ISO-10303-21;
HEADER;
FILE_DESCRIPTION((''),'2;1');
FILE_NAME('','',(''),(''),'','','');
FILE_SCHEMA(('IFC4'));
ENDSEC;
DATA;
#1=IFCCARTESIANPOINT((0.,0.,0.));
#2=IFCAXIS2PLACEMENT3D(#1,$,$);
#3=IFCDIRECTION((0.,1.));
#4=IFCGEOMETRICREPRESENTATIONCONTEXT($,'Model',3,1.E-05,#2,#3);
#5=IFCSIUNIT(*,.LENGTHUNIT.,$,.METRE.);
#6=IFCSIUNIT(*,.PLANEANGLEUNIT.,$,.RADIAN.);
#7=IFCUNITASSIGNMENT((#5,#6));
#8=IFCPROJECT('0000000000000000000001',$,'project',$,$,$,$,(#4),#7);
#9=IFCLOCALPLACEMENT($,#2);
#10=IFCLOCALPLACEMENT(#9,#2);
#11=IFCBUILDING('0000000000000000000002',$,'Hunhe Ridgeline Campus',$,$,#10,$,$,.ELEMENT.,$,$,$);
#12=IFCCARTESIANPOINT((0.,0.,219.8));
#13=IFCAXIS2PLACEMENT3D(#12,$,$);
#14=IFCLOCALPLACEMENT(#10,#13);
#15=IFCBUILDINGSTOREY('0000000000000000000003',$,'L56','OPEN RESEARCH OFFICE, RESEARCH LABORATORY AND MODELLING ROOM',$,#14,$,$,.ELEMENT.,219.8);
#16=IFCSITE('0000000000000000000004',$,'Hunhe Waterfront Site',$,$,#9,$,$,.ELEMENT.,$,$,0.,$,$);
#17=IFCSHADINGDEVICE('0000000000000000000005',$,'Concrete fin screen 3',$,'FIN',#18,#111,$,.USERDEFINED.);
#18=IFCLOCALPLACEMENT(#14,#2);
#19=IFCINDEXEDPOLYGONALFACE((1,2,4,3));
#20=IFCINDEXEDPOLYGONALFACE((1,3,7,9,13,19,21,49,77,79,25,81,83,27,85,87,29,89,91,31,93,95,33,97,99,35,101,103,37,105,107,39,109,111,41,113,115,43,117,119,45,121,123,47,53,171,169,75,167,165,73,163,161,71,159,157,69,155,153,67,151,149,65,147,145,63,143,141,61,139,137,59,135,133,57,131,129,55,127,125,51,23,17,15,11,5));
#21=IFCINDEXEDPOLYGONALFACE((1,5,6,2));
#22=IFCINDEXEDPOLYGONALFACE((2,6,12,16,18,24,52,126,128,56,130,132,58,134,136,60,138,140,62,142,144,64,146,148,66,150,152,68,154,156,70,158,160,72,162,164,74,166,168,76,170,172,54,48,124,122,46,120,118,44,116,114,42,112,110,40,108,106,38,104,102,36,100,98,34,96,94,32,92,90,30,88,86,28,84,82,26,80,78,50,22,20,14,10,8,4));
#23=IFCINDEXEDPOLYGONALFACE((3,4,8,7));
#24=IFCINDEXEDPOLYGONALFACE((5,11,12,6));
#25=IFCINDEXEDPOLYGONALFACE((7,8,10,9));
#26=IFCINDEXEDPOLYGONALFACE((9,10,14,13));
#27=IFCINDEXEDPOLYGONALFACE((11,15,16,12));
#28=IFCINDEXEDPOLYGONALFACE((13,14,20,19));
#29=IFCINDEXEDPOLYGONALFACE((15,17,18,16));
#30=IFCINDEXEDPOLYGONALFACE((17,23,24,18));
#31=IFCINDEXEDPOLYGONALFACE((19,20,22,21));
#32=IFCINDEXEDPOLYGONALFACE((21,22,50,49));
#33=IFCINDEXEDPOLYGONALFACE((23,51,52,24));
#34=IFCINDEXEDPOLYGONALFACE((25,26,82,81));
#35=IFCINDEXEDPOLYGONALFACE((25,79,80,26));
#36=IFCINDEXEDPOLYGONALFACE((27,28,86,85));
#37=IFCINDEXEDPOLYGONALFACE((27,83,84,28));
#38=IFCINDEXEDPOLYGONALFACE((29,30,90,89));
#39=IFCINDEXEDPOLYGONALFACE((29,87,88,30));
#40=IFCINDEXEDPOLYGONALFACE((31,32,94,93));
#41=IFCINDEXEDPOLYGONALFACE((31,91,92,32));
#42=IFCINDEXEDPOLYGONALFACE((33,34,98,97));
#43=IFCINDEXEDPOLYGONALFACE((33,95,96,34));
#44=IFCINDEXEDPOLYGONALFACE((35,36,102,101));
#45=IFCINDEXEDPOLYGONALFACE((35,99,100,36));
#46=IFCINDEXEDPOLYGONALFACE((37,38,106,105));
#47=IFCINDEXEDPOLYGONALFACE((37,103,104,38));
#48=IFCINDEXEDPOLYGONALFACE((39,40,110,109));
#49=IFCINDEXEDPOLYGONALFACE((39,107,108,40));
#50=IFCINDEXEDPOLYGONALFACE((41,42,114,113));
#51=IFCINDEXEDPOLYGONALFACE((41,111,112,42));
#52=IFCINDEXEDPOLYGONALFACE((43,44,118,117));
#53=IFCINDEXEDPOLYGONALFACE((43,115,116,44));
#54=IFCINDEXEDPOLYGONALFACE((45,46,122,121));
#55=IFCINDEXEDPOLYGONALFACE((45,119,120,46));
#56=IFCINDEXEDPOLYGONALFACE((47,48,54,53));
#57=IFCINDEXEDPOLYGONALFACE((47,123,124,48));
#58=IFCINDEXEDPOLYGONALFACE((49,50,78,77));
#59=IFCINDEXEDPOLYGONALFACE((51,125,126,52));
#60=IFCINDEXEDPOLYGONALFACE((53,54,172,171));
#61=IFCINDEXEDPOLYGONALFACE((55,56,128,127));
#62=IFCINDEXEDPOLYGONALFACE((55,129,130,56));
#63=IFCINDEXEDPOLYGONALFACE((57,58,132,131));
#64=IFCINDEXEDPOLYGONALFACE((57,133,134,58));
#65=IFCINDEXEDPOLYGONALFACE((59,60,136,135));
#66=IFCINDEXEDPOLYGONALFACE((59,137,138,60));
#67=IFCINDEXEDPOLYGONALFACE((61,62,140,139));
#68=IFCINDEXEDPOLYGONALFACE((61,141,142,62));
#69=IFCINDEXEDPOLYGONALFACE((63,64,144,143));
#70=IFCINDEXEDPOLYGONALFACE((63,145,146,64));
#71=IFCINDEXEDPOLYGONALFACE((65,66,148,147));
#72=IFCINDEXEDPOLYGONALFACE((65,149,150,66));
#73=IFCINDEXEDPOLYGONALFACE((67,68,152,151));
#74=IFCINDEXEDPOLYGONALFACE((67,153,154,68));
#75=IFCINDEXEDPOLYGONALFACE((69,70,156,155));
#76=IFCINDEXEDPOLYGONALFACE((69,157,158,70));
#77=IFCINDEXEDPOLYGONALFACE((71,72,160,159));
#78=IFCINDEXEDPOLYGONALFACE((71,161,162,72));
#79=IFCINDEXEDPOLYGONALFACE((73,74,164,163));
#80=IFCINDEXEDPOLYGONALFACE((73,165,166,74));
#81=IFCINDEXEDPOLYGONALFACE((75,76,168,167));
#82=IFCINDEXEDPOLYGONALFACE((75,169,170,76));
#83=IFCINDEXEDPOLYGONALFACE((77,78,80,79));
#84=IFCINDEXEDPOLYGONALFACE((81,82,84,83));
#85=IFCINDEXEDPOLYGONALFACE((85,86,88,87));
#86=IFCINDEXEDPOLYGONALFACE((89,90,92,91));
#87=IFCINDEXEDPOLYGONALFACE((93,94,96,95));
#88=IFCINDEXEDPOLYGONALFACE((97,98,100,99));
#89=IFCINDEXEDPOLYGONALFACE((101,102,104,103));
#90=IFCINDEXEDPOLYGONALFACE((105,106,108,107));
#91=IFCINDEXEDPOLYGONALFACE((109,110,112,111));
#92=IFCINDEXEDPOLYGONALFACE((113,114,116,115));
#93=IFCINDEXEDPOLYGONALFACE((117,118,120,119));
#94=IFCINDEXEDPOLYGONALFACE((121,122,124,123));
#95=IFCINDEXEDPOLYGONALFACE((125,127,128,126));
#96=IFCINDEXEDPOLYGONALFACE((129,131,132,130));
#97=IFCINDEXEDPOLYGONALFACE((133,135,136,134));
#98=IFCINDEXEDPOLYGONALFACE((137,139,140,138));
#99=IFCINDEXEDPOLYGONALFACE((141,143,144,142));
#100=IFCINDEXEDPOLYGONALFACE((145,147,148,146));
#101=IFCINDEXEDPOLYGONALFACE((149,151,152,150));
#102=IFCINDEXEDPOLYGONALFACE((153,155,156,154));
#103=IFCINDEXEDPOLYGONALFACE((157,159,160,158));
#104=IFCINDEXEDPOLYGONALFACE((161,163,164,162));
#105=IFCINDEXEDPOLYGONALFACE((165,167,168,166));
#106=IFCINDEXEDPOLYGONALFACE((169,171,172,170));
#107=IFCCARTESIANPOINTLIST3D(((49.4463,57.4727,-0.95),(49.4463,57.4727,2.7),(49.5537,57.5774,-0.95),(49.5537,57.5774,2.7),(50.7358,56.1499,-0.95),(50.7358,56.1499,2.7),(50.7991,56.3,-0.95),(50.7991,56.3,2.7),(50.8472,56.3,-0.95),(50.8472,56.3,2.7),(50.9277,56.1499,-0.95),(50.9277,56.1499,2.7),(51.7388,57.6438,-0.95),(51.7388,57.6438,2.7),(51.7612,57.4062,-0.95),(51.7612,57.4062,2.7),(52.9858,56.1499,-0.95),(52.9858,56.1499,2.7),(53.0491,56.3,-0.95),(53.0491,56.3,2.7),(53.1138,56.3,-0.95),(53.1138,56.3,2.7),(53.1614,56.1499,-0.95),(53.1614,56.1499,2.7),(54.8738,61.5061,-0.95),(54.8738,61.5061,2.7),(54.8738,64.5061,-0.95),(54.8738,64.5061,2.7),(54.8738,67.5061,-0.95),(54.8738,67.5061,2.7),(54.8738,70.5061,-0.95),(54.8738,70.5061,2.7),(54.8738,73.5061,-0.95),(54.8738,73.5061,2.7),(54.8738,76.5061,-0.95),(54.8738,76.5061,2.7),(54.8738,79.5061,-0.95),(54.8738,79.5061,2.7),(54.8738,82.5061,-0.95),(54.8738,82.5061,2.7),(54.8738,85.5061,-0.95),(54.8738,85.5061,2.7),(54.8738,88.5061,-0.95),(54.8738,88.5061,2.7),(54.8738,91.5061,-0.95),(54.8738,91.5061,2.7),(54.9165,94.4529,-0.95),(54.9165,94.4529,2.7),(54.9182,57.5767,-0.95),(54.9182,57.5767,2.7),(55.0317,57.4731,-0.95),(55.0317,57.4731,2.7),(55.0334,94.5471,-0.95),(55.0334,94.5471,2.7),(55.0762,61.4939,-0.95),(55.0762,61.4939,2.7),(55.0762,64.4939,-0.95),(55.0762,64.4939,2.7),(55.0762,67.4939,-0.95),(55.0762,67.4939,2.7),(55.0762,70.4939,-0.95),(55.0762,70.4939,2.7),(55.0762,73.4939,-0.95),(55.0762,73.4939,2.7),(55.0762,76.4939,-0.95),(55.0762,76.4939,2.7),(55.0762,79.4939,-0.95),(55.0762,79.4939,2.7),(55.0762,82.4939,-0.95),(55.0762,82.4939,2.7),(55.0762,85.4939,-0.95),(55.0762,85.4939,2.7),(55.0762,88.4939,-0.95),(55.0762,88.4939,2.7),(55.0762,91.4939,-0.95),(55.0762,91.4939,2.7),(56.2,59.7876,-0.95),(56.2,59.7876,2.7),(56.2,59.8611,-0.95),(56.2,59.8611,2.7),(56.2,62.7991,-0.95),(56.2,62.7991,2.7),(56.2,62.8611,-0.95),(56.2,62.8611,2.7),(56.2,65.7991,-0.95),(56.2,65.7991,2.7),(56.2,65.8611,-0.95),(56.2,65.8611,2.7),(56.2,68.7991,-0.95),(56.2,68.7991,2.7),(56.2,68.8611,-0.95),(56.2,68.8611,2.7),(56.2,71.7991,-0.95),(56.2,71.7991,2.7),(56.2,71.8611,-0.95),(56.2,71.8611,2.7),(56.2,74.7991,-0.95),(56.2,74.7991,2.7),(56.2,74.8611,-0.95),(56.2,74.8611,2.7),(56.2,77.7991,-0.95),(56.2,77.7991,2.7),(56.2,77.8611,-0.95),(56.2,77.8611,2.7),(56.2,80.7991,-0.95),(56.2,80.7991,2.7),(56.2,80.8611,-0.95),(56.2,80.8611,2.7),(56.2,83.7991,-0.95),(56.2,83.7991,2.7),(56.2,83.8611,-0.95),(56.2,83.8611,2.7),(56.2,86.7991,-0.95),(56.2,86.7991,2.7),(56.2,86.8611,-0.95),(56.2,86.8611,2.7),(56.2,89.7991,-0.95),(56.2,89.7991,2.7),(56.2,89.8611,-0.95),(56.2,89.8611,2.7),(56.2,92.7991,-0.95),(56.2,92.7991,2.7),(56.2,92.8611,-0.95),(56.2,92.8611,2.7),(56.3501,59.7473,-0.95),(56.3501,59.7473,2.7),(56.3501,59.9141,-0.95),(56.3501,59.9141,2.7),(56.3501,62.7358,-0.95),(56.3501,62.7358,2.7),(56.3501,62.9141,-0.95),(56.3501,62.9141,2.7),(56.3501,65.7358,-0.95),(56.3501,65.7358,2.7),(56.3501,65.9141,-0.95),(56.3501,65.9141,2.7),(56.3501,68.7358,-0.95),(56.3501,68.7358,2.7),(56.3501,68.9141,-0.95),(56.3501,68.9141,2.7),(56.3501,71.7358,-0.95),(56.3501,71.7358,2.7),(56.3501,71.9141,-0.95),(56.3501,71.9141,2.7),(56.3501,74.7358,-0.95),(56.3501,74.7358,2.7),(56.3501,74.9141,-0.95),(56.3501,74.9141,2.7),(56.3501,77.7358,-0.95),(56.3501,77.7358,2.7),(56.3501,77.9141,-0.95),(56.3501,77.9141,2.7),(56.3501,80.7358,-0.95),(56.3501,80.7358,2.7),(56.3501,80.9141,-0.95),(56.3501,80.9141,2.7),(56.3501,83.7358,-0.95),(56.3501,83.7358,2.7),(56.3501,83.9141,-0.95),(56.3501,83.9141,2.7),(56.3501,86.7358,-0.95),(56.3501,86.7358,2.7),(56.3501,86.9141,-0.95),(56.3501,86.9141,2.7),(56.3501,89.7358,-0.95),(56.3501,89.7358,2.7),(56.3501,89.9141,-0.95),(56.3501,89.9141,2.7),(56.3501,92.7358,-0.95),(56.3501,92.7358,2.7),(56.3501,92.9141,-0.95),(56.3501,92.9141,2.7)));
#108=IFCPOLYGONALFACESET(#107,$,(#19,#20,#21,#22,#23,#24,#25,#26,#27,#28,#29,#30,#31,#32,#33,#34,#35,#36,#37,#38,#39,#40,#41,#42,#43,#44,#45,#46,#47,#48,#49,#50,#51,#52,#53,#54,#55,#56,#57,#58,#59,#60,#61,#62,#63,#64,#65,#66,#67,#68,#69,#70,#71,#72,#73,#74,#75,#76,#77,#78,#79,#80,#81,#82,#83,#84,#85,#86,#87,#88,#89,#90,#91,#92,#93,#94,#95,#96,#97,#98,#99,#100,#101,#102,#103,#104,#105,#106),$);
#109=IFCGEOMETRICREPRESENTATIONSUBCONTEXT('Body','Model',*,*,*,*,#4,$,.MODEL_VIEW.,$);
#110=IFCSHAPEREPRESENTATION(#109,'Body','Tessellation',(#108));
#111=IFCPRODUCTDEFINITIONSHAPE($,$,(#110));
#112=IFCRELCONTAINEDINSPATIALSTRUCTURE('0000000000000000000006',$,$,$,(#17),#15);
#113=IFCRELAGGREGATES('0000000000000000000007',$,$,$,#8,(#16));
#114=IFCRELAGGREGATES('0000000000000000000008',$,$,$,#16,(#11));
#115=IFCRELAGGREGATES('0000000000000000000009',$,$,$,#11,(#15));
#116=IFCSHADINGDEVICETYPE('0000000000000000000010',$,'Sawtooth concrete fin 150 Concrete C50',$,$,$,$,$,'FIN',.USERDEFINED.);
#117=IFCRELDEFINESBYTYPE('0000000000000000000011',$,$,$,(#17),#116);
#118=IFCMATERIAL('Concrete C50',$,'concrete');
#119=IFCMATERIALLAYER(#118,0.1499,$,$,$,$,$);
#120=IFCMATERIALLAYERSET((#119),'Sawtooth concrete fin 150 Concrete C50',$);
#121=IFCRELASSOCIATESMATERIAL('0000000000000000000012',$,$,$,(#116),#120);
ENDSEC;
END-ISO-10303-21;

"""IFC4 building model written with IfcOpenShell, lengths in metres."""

from ifc_helpers import new_model, si_unit, direction, frame, origin, place, context, subcontext, project, spatial, polyline, outline, extrude, material, layer, layer_set, type_object, element, save


model = new_model("IFC4")

# Units and contexts
model_context = context("Model", 3, precision=1e-05, world=origin(), true_north=direction((0.0, 1.0)))
body_context = subcontext(model_context, "Body", "Model", "MODEL_VIEW")
ifc_project = project(units=[si_unit("LENGTHUNIT", "METRE"), si_unit("PLANEANGLEUNIT", "RADIAN")], contexts=[model_context])

# Site, building, storey
site_placement = place(None, origin())
site = spatial("IfcSite", under=ifc_project, at=site_placement, Name="Hunhe Waterfront Site", CompositionType="ELEMENT", RefElevation=0.0)
building_placement = place(site_placement, origin())
building = spatial("IfcBuilding", under=site, at=building_placement, Name="Hunhe Ridgeline Campus", CompositionType="ELEMENT")
storey_placement = place(building_placement, frame((0.0, 0.0, 219.8)))
storey = spatial("IfcBuildingStorey", under=building, at=storey_placement, Name="L56", Description="OPEN RESEARCH OFFICE, RESEARCH LABORATORY AND MODELLING ROOM", CompositionType="ELEMENT", Elevation=219.8)

# Shading device
ifc_material_1 = material(Name="Concrete C50", Category="concrete")
ifc_layer_1 = layer(ifc_material_1, 0.1499)
ifc_layer_set_1 = layer_set([ifc_layer_1], Name="Sawtooth concrete fin 150 Concrete C50")
shading_device_type = type_object("IfcShadingDeviceType", Name="Sawtooth concrete fin 150 Concrete C50", ElementType="FIN", PredefinedType="USERDEFINED", material=ifc_layer_set_1)
shading_device_1_placement = place(storey_placement, frame((0.0, 0.0, -0.95)))
element("IfcShadingDevice", 1, at=shading_device_1_placement, inside=storey, type_object=shading_device_type, Name="Concrete fin screen 3", ObjectType="FIN", PredefinedType="USERDEFINED", context=body_context, shape_type="SweptSolid", body=[
    extrude(outline(polyline([(49.5537, 57.5774), (49.4463, 57.4727), (50.7358, 56.1499), (50.9277, 56.1499), (51.7612, 57.4062), (52.9858, 56.1499), (53.1614, 56.1499), (55.0317, 57.4731), (56.3501, 59.7473), (56.3501, 59.9141), (55.0762, 61.4939), (56.3501, 62.7358), (56.3501, 62.9141), (55.0762, 64.4939), (56.3501, 65.7358), (56.3501, 65.9141), (55.0762, 67.4939), (56.3501, 68.7358), (56.3501, 68.9141), (55.0762, 70.4939), (56.3501, 71.7358), (56.3501, 71.9141), (55.0762, 73.4939), (56.3501, 74.7358), (56.3501, 74.9141), (55.0762, 76.4939), (56.3501, 77.7358), (56.3501, 77.9141), (55.0762, 79.4939), (56.3501, 80.7358), (56.3501, 80.9141), (55.0762, 82.4939), (56.3501, 83.7358), (56.3501, 83.9141), (55.0762, 85.4939), (56.3501, 86.7358), (56.3501, 86.9141), (55.0762, 88.4939), (56.3501, 89.7358), (56.3501, 89.9141), (55.0762, 91.4939), (56.3501, 92.7358), (56.3501, 92.9141), (55.0334, 94.5471), (54.9165, 94.4529), (56.2, 92.8611), (56.2, 92.7991), (54.8738, 91.5061), (56.2, 89.8611), (56.2, 89.7991), (54.8738, 88.5061), (56.2, 86.8611), (56.2, 86.7991), (54.8738, 85.5061), (56.2, 83.8611), (56.2, 83.7991), (54.8738, 82.5061), (56.2, 80.8611), (56.2, 80.7991), (54.8738, 79.5061), (56.2, 77.8611), (56.2, 77.7991), (54.8738, 76.5061), (56.2, 74.8611), (56.2, 74.7991), (54.8738, 73.5061), (56.2, 71.8611), (56.2, 71.7991), (54.8738, 70.5061), (56.2, 68.8611), (56.2, 68.7991), (54.8738, 67.5061), (56.2, 65.8611), (56.2, 65.7991), (54.8738, 64.5061), (56.2, 62.8611), (56.2, 62.7991), (54.8738, 61.5061), (56.2, 59.8611), (56.2, 59.7876), (54.9182, 57.5767), (53.1138, 56.3), (53.0491, 56.3), (51.7388, 57.6438), (50.8472, 56.3), (50.7991, 56.3), (49.5537, 57.5774)])), origin(), (0.0, 0.0, 1.0), 3.6499),
])

save(model, "model.ifc")
